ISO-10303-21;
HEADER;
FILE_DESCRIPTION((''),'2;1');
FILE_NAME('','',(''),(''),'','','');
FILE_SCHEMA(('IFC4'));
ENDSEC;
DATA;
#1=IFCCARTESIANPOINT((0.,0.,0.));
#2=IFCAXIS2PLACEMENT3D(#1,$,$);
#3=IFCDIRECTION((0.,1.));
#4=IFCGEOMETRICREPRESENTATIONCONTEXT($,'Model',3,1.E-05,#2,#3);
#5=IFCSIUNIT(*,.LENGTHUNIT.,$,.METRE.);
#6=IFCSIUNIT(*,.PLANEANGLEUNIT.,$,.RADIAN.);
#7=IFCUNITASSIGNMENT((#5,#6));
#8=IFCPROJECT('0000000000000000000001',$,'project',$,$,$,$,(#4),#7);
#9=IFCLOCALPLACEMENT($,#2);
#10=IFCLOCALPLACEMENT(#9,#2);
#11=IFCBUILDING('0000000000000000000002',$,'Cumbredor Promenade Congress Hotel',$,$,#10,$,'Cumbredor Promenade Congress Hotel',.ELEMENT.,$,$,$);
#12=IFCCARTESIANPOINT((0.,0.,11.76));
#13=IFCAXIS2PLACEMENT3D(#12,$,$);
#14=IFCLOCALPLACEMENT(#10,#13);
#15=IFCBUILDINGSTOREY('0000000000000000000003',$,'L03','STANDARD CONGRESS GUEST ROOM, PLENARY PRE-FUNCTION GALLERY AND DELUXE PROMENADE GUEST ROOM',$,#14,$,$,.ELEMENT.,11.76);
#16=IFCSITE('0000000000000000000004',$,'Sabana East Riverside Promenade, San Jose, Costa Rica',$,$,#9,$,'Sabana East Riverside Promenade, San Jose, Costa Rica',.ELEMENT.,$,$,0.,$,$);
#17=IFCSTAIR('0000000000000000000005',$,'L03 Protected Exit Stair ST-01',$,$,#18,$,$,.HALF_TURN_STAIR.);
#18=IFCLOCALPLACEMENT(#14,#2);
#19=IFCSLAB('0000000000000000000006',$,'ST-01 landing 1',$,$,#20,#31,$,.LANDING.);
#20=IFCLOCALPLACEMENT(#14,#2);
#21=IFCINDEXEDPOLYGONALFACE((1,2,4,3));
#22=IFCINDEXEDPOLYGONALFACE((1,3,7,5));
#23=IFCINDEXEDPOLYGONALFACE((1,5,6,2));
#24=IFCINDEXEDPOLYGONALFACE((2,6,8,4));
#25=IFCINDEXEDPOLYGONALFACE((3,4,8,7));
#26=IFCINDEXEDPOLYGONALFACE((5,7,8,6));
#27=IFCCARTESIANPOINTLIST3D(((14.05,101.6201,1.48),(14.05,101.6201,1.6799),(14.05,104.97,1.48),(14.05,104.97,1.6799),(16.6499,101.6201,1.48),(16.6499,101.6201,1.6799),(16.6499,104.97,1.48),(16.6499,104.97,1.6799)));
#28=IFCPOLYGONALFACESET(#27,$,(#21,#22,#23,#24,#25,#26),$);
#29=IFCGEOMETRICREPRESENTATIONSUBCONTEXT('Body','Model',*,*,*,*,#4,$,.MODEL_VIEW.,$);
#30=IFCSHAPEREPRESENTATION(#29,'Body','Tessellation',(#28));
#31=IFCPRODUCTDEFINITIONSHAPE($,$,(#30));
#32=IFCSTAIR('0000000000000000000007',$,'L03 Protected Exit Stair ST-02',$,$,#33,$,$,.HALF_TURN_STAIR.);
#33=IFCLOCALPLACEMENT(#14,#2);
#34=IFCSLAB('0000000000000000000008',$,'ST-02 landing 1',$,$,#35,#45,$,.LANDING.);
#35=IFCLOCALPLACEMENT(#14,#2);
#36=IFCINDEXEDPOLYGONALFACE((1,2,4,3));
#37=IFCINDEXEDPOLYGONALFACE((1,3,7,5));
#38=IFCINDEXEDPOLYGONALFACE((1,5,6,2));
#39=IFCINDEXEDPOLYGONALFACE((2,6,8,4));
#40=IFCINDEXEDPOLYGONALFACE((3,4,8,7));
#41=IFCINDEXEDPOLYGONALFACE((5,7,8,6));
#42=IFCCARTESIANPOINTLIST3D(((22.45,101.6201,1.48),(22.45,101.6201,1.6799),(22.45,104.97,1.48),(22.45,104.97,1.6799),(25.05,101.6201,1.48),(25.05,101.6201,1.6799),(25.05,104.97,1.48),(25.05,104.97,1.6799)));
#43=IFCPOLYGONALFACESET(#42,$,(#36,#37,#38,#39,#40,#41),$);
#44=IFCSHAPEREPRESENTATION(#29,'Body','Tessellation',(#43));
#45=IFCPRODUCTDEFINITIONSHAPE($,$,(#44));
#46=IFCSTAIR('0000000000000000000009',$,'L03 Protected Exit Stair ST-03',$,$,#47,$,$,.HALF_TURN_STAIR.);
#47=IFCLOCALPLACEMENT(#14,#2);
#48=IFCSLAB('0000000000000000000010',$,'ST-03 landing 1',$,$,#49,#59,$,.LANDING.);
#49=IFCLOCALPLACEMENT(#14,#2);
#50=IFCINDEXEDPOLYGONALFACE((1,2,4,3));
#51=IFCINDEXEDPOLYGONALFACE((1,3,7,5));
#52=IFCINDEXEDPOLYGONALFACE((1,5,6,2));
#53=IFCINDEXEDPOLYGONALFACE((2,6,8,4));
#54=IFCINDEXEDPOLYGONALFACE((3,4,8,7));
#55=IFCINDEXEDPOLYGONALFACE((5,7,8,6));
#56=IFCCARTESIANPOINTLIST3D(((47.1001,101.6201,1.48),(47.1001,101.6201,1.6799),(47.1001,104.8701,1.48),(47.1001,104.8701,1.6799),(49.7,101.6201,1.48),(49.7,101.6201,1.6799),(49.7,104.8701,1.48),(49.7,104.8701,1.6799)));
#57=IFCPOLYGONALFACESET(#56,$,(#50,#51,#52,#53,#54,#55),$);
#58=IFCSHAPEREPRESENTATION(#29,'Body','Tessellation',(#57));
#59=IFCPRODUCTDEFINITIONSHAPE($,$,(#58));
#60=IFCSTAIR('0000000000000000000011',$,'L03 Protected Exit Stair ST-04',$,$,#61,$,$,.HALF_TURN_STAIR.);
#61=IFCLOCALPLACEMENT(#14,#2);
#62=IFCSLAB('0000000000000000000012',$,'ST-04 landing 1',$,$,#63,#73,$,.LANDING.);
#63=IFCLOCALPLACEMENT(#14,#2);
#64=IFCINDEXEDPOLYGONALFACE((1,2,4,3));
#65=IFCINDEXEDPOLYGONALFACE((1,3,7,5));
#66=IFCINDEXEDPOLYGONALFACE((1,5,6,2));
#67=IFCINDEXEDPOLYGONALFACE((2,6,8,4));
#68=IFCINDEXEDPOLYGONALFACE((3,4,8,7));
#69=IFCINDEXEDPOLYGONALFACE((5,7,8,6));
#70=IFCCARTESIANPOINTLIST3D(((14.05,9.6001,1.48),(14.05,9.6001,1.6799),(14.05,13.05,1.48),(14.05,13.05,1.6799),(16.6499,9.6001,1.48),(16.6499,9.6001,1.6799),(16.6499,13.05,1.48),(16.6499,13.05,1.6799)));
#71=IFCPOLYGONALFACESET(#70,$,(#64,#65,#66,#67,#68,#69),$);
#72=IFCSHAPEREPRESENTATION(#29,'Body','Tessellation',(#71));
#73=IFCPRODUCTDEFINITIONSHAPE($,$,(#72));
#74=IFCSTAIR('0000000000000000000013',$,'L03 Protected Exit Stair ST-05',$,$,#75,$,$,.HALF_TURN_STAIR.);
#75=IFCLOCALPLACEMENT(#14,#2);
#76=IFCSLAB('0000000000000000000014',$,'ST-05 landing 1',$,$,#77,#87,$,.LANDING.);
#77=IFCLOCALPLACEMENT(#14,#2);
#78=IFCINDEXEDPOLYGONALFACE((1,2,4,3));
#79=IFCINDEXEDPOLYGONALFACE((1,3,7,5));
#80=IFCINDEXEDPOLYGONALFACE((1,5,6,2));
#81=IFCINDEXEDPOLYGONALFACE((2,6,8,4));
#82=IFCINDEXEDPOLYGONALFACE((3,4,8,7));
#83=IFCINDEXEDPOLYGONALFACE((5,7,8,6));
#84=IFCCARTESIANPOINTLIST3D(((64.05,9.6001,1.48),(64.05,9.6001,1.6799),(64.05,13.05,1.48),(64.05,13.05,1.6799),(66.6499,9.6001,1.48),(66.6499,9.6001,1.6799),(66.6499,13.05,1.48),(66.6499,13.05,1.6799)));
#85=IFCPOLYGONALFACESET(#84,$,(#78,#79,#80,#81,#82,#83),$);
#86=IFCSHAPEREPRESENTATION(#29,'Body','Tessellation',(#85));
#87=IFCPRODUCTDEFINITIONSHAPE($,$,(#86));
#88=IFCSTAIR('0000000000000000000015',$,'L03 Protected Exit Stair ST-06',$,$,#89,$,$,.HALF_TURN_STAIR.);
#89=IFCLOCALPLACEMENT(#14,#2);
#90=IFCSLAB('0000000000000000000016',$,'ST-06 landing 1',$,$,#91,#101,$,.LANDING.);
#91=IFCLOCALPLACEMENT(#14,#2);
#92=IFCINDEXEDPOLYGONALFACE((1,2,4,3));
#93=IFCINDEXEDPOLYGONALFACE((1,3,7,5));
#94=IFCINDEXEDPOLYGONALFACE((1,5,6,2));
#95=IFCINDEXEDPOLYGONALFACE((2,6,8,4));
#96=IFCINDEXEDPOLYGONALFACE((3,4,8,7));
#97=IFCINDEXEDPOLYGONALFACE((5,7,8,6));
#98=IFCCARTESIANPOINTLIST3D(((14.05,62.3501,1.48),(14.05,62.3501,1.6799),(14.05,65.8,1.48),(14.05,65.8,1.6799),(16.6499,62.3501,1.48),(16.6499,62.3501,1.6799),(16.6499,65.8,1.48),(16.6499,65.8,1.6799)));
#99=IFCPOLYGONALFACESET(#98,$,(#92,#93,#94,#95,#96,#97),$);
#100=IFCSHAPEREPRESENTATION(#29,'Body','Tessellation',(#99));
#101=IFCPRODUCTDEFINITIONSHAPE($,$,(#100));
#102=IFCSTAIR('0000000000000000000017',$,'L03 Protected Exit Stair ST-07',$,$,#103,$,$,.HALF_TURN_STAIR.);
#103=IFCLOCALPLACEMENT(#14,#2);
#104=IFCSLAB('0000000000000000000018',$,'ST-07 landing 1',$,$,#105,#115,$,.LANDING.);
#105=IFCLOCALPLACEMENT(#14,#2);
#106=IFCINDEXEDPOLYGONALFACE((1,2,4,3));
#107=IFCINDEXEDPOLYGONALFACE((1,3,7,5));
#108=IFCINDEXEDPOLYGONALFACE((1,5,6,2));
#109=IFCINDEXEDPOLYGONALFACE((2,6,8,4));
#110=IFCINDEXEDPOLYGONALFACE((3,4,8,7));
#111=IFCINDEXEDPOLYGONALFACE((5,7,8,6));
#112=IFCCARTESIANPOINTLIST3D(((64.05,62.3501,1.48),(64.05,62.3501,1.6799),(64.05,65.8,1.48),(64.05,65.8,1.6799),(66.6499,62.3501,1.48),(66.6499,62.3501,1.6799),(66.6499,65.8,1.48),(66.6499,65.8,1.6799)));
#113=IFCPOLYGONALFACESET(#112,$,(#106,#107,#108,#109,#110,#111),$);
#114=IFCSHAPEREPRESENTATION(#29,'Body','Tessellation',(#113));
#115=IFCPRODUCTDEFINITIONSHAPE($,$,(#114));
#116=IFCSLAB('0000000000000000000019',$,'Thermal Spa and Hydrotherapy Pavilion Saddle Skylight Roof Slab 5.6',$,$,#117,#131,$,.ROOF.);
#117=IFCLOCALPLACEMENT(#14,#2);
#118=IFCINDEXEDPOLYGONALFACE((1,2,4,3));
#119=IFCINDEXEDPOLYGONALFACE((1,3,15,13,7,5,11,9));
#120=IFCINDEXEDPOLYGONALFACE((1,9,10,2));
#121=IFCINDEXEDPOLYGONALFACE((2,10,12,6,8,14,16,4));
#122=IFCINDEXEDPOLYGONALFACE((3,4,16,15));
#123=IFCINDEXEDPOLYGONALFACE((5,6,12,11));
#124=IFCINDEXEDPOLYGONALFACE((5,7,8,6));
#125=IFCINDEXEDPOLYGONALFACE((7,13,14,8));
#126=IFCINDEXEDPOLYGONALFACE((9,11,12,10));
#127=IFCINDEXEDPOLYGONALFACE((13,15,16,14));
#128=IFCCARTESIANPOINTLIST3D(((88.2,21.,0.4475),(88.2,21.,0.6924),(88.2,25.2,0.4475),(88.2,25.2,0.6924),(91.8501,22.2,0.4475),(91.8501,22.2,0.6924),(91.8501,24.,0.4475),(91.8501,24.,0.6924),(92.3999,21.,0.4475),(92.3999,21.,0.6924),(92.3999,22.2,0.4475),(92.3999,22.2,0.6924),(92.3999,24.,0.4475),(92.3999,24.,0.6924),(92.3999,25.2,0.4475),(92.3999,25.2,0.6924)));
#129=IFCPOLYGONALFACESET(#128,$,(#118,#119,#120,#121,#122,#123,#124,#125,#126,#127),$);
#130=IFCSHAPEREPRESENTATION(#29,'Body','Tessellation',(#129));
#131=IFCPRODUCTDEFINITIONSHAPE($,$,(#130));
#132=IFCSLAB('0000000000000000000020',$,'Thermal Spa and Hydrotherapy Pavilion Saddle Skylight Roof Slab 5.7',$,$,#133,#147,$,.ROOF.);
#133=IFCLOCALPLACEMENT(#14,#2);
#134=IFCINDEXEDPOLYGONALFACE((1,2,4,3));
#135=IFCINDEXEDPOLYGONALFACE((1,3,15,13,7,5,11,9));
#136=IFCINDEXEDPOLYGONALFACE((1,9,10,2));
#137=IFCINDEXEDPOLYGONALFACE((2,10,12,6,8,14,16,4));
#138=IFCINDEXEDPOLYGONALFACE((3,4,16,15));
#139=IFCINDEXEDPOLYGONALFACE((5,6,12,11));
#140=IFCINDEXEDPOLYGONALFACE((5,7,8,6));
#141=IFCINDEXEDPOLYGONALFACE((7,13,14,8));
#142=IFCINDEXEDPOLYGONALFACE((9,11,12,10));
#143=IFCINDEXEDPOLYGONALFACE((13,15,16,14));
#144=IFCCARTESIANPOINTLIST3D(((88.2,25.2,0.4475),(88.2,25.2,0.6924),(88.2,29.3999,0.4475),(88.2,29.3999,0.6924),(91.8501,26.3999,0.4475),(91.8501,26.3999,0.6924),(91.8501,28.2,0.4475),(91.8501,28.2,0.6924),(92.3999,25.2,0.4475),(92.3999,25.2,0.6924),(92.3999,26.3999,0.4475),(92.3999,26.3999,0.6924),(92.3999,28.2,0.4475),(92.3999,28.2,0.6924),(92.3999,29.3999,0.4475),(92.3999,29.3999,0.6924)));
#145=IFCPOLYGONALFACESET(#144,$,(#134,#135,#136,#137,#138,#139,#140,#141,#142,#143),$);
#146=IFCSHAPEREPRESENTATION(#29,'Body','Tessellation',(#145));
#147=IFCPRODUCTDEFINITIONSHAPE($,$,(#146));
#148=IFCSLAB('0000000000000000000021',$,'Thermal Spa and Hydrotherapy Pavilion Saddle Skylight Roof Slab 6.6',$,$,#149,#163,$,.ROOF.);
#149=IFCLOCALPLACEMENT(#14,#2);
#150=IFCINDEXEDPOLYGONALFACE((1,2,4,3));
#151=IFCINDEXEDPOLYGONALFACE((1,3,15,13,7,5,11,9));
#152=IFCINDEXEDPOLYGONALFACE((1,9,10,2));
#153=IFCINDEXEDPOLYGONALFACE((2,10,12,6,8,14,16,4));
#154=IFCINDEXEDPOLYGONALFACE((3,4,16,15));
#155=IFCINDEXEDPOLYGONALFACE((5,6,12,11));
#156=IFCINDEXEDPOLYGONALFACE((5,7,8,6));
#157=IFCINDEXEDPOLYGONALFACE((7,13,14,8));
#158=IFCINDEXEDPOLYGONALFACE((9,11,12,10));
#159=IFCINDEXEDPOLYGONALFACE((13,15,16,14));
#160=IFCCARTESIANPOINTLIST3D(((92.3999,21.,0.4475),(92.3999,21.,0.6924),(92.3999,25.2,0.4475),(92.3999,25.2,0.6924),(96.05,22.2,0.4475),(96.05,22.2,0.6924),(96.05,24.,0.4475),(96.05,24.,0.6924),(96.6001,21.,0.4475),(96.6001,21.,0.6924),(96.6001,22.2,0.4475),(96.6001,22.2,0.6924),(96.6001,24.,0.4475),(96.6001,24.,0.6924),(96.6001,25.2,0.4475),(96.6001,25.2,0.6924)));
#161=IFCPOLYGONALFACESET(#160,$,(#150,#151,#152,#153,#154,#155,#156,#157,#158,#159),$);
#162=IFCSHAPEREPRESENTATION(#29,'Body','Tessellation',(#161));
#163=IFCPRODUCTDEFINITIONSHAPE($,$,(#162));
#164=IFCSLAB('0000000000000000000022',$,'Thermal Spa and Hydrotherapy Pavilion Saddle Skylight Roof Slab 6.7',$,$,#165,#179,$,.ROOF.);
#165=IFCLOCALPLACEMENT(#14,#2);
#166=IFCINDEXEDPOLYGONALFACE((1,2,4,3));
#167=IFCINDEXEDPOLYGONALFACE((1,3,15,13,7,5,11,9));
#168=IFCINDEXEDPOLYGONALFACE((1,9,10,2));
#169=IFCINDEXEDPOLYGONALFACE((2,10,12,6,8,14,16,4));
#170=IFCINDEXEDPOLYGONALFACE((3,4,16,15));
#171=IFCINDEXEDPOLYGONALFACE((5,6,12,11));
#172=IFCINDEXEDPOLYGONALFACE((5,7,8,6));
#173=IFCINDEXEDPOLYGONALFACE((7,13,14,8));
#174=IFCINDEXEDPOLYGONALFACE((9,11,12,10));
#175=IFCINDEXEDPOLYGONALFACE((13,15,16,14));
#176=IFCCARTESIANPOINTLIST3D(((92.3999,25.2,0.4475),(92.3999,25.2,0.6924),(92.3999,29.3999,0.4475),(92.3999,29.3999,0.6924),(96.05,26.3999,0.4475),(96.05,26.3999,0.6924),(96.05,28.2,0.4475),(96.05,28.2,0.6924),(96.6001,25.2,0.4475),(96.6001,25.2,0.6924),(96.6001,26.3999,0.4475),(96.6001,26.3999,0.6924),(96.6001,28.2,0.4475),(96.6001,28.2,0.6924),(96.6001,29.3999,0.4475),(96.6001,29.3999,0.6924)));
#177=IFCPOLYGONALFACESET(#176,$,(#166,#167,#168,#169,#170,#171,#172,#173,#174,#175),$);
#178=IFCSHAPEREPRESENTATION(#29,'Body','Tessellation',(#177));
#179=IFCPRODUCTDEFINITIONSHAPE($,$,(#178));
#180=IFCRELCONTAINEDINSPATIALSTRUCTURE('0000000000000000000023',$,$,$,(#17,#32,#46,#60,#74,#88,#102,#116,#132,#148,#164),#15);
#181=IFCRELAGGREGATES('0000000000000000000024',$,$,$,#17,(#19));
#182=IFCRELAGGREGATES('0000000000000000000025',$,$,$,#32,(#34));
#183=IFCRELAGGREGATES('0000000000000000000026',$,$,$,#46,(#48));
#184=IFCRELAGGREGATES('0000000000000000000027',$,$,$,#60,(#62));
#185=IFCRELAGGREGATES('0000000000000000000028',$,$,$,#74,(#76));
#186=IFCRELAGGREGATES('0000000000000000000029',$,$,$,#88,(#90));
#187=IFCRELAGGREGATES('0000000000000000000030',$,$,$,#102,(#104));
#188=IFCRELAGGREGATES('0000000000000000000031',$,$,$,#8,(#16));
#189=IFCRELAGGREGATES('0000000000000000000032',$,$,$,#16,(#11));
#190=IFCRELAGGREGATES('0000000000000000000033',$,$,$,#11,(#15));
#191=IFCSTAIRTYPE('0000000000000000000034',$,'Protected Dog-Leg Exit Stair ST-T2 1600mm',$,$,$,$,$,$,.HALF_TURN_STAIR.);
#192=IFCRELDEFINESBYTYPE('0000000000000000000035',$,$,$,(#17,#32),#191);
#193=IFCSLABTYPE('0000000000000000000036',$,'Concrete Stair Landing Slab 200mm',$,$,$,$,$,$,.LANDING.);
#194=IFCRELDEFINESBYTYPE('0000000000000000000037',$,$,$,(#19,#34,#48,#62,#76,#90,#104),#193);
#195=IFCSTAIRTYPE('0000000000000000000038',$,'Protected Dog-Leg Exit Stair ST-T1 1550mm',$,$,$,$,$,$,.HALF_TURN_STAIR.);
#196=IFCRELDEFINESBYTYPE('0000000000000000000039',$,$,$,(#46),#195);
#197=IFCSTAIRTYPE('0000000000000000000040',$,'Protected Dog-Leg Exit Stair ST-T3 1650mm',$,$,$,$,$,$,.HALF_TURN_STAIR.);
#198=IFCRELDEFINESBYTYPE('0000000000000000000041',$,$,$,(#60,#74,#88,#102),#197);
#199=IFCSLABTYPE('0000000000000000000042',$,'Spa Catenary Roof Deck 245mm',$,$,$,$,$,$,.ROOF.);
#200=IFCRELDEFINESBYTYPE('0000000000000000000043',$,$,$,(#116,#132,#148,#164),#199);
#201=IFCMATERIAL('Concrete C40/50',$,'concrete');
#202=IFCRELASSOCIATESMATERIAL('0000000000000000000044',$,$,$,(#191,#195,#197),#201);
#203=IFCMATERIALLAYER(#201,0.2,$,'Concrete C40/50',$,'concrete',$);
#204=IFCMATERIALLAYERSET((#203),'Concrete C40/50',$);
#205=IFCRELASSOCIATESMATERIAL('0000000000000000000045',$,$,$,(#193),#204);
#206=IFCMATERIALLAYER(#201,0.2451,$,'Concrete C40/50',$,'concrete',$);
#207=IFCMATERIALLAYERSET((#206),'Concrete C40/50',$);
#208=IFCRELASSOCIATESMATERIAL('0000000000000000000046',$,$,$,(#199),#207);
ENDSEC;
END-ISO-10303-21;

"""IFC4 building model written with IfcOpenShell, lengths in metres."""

from ifc_helpers import new_model, si_unit, direction, frame, origin, place, context, subcontext, project, spatial, polyline, outline, extrude, material, layer, layer_set, type_object, element, aggregate, save


model = new_model("IFC4")

# Units and contexts
model_context = context("Model", 3, precision=1e-05, world=origin(), true_north=direction((0.0, 1.0)))
body_context = subcontext(model_context, "Body", "Model", "MODEL_VIEW")
ifc_project = project(units=[si_unit("LENGTHUNIT", "METRE"), si_unit("PLANEANGLEUNIT", "RADIAN")], contexts=[model_context])

# Site, building, storey
site_placement = place(None, origin())
site = spatial("IfcSite", under=ifc_project, at=site_placement, Name="Sabana East Riverside Promenade, San Jose, Costa Rica", LongName="Sabana East Riverside Promenade, San Jose, Costa Rica", CompositionType="ELEMENT", RefElevation=0.0)
building_placement = place(site_placement, origin())
building = spatial("IfcBuilding", under=site, at=building_placement, Name="Cumbredor Promenade Congress Hotel", LongName="Cumbredor Promenade Congress Hotel", CompositionType="ELEMENT")
storey_placement = place(building_placement, frame((0.0, 0.0, 11.76)))
storey = spatial("IfcBuildingStorey", under=building, at=storey_placement, Name="L03", Description="STANDARD CONGRESS GUEST ROOM, PLENARY PRE-FUNCTION GALLERY AND DELUXE PROMENADE GUEST ROOM", CompositionType="ELEMENT", Elevation=11.76)

# Stairs, slabs
ifc_material_1 = material(Name="Concrete C40/50", Category="concrete")
stair_type_1 = type_object("IfcStairType", Name="Protected Dog-Leg Exit Stair ST-T2 1600mm", PredefinedType="HALF_TURN_STAIR", material=ifc_material_1)
stair_1_placement = place(storey_placement, origin())
stair_1 = element("IfcStair", 1, at=stair_1_placement, inside=storey, type_object=stair_type_1, Name="L03 Protected Exit Stair ST-01", PredefinedType="HALF_TURN_STAIR")
ifc_layer_1 = layer(ifc_material_1, 0.2, Name="Concrete C40/50", Category="concrete")
ifc_layer_set_1 = layer_set([ifc_layer_1], Name="Concrete C40/50")
slab_type_1 = type_object("IfcSlabType", Name="Concrete Stair Landing Slab 200mm", PredefinedType="LANDING", material=ifc_layer_set_1)
slab_1_placement = place(storey_placement, frame((0.0, 0.0, 1.48)))
slab_1 = element("IfcSlab", 2, at=slab_1_placement, type_object=slab_type_1, Name="ST-01 landing 1", PredefinedType="LANDING", context=body_context, shape_type="SweptSolid", body=[
    extrude(outline(polyline([(14.05, 101.6201), (16.6499, 101.6201), (16.6499, 104.97), (14.05, 104.97), (14.05, 101.6201)])), origin(), (0.0, 0.0, 1.0), 0.2),
])
aggregate(stair_1, [slab_1])
stair_2_placement = place(storey_placement, origin())
stair_2 = element("IfcStair", 3, at=stair_2_placement, inside=storey, type_object=stair_type_1, Name="L03 Protected Exit Stair ST-02", PredefinedType="HALF_TURN_STAIR")
slab_2_placement = place(storey_placement, frame((0.0, 0.0, 1.48)))
slab_2 = element("IfcSlab", 4, at=slab_2_placement, type_object=slab_type_1, Name="ST-02 landing 1", PredefinedType="LANDING", context=body_context, shape_type="SweptSolid", body=[
    extrude(outline(polyline([(22.45, 101.6201), (25.05, 101.6201), (25.05, 104.97), (22.45, 104.97), (22.45, 101.6201)])), origin(), (0.0, 0.0, 1.0), 0.2),
])
aggregate(stair_2, [slab_2])
stair_type_2 = type_object("IfcStairType", Name="Protected Dog-Leg Exit Stair ST-T1 1550mm", PredefinedType="HALF_TURN_STAIR", material=ifc_material_1)
stair_3_placement = place(storey_placement, origin())
stair_3 = element("IfcStair", 5, at=stair_3_placement, inside=storey, type_object=stair_type_2, Name="L03 Protected Exit Stair ST-03", PredefinedType="HALF_TURN_STAIR")
slab_3_placement = place(storey_placement, frame((0.0, 0.0, 1.48)))
slab_3 = element("IfcSlab", 6, at=slab_3_placement, type_object=slab_type_1, Name="ST-03 landing 1", PredefinedType="LANDING", context=body_context, shape_type="SweptSolid", body=[
    extrude(outline(polyline([(47.1001, 101.6201), (49.7, 101.6201), (49.7, 104.8701), (47.1001, 104.8701), (47.1001, 101.6201)])), origin(), (0.0, 0.0, 1.0), 0.2),
])
aggregate(stair_3, [slab_3])
stair_type_3 = type_object("IfcStairType", Name="Protected Dog-Leg Exit Stair ST-T3 1650mm", PredefinedType="HALF_TURN_STAIR", material=ifc_material_1)
stair_4_placement = place(storey_placement, origin())
stair_4 = element("IfcStair", 7, at=stair_4_placement, inside=storey, type_object=stair_type_3, Name="L03 Protected Exit Stair ST-04", PredefinedType="HALF_TURN_STAIR")
slab_4_placement = place(storey_placement, frame((0.0, 0.0, 1.48)))
slab_4 = element("IfcSlab", 8, at=slab_4_placement, type_object=slab_type_1, Name="ST-04 landing 1", PredefinedType="LANDING", context=body_context, shape_type="SweptSolid", body=[
    extrude(outline(polyline([(14.05, 9.6001), (16.6499, 9.6001), (16.6499, 13.05), (14.05, 13.05), (14.05, 9.6001)])), origin(), (0.0, 0.0, 1.0), 0.2),
])
aggregate(stair_4, [slab_4])
stair_5_placement = place(storey_placement, origin())
stair_5 = element("IfcStair", 9, at=stair_5_placement, inside=storey, type_object=stair_type_3, Name="L03 Protected Exit Stair ST-05", PredefinedType="HALF_TURN_STAIR")
slab_5_placement = place(storey_placement, frame((0.0, 0.0, 1.48)))
slab_5 = element("IfcSlab", 10, at=slab_5_placement, type_object=slab_type_1, Name="ST-05 landing 1", PredefinedType="LANDING", context=body_context, shape_type="SweptSolid", body=[
    extrude(outline(polyline([(64.05, 9.6001), (66.6499, 9.6001), (66.6499, 13.05), (64.05, 13.05), (64.05, 9.6001)])), origin(), (0.0, 0.0, 1.0), 0.2),
])
aggregate(stair_5, [slab_5])
stair_6_placement = place(storey_placement, origin())
stair_6 = element("IfcStair", 11, at=stair_6_placement, inside=storey, type_object=stair_type_3, Name="L03 Protected Exit Stair ST-06", PredefinedType="HALF_TURN_STAIR")
slab_6_placement = place(storey_placement, frame((0.0, 0.0, 1.48)))
slab_6 = element("IfcSlab", 12, at=slab_6_placement, type_object=slab_type_1, Name="ST-06 landing 1", PredefinedType="LANDING", context=body_context, shape_type="SweptSolid", body=[
    extrude(outline(polyline([(14.05, 62.3501), (16.6499, 62.3501), (16.6499, 65.8), (14.05, 65.8), (14.05, 62.3501)])), origin(), (0.0, 0.0, 1.0), 0.2),
])
aggregate(stair_6, [slab_6])
stair_7_placement = place(storey_placement, origin())
stair_7 = element("IfcStair", 13, at=stair_7_placement, inside=storey, type_object=stair_type_3, Name="L03 Protected Exit Stair ST-07", PredefinedType="HALF_TURN_STAIR")
slab_7_placement = place(storey_placement, frame((0.0, 0.0, 1.48)))
slab_7 = element("IfcSlab", 14, at=slab_7_placement, type_object=slab_type_1, Name="ST-07 landing 1", PredefinedType="LANDING", context=body_context, shape_type="SweptSolid", body=[
    extrude(outline(polyline([(64.05, 62.3501), (66.6499, 62.3501), (66.6499, 65.8), (64.05, 65.8), (64.05, 62.3501)])), origin(), (0.0, 0.0, 1.0), 0.2),
])
aggregate(stair_7, [slab_7])

# Slabs
ifc_layer_2 = layer(ifc_material_1, 0.2451, Name="Concrete C40/50", Category="concrete")
ifc_layer_set_2 = layer_set([ifc_layer_2], Name="Concrete C40/50")
slab_type_2 = type_object("IfcSlabType", Name="Spa Catenary Roof Deck 245mm", PredefinedType="ROOF", material=ifc_layer_set_2)
slab_8_placement = place(storey_placement, frame((0.0, 0.0, 0.4475)))
element("IfcSlab", 15, at=slab_8_placement, inside=storey, type_object=slab_type_2, Name="Thermal Spa and Hydrotherapy Pavilion Saddle Skylight Roof Slab 5.6", PredefinedType="ROOF", context=body_context, shape_type="SweptSolid", body=[
    extrude(outline(polyline([(88.2, 21.0), (92.3999, 21.0), (92.3999, 22.2), (91.8501, 22.2), (91.8501, 24.0), (92.3999, 24.0), (92.3999, 25.2), (88.2, 25.2), (88.2, 21.0)])), origin(), (0.0, 0.0, 1.0), 0.2449),
])
slab_9_placement = place(storey_placement, frame((0.0, 0.0, 0.4475)))
element("IfcSlab", 16, at=slab_9_placement, inside=storey, type_object=slab_type_2, Name="Thermal Spa and Hydrotherapy Pavilion Saddle Skylight Roof Slab 5.7", PredefinedType="ROOF", context=body_context, shape_type="SweptSolid", body=[
    extrude(outline(polyline([(88.2, 25.2), (92.3999, 25.2), (92.3999, 26.3999), (91.8501, 26.3999), (91.8501, 28.2), (92.3999, 28.2), (92.3999, 29.3999), (88.2, 29.3999), (88.2, 25.2)])), origin(), (0.0, 0.0, 1.0), 0.2449),
])
slab_10_placement = place(storey_placement, frame((0.0, 0.0, 0.4475)))
element("IfcSlab", 17, at=slab_10_placement, inside=storey, type_object=slab_type_2, Name="Thermal Spa and Hydrotherapy Pavilion Saddle Skylight Roof Slab 6.6", PredefinedType="ROOF", context=body_context, shape_type="SweptSolid", body=[
    extrude(outline(polyline([(92.3999, 21.0), (96.6001, 21.0), (96.6001, 22.2), (96.05, 22.2), (96.05, 24.0), (96.6001, 24.0), (96.6001, 25.2), (92.3999, 25.2), (92.3999, 21.0)])), origin(), (0.0, 0.0, 1.0), 0.2449),
])
slab_11_placement = place(storey_placement, frame((0.0, 0.0, 0.4475)))
element("IfcSlab", 18, at=slab_11_placement, inside=storey, type_object=slab_type_2, Name="Thermal Spa and Hydrotherapy Pavilion Saddle Skylight Roof Slab 6.7", PredefinedType="ROOF", context=body_context, shape_type="SweptSolid", body=[
    extrude(outline(polyline([(92.3999, 25.2), (96.6001, 25.2), (96.6001, 26.3999), (96.05, 26.3999), (96.05, 28.2), (96.6001, 28.2), (96.6001, 29.3999), (92.3999, 29.3999), (92.3999, 25.2)])), origin(), (0.0, 0.0, 1.0), 0.2449),
])

save(model, "model.ifc")
